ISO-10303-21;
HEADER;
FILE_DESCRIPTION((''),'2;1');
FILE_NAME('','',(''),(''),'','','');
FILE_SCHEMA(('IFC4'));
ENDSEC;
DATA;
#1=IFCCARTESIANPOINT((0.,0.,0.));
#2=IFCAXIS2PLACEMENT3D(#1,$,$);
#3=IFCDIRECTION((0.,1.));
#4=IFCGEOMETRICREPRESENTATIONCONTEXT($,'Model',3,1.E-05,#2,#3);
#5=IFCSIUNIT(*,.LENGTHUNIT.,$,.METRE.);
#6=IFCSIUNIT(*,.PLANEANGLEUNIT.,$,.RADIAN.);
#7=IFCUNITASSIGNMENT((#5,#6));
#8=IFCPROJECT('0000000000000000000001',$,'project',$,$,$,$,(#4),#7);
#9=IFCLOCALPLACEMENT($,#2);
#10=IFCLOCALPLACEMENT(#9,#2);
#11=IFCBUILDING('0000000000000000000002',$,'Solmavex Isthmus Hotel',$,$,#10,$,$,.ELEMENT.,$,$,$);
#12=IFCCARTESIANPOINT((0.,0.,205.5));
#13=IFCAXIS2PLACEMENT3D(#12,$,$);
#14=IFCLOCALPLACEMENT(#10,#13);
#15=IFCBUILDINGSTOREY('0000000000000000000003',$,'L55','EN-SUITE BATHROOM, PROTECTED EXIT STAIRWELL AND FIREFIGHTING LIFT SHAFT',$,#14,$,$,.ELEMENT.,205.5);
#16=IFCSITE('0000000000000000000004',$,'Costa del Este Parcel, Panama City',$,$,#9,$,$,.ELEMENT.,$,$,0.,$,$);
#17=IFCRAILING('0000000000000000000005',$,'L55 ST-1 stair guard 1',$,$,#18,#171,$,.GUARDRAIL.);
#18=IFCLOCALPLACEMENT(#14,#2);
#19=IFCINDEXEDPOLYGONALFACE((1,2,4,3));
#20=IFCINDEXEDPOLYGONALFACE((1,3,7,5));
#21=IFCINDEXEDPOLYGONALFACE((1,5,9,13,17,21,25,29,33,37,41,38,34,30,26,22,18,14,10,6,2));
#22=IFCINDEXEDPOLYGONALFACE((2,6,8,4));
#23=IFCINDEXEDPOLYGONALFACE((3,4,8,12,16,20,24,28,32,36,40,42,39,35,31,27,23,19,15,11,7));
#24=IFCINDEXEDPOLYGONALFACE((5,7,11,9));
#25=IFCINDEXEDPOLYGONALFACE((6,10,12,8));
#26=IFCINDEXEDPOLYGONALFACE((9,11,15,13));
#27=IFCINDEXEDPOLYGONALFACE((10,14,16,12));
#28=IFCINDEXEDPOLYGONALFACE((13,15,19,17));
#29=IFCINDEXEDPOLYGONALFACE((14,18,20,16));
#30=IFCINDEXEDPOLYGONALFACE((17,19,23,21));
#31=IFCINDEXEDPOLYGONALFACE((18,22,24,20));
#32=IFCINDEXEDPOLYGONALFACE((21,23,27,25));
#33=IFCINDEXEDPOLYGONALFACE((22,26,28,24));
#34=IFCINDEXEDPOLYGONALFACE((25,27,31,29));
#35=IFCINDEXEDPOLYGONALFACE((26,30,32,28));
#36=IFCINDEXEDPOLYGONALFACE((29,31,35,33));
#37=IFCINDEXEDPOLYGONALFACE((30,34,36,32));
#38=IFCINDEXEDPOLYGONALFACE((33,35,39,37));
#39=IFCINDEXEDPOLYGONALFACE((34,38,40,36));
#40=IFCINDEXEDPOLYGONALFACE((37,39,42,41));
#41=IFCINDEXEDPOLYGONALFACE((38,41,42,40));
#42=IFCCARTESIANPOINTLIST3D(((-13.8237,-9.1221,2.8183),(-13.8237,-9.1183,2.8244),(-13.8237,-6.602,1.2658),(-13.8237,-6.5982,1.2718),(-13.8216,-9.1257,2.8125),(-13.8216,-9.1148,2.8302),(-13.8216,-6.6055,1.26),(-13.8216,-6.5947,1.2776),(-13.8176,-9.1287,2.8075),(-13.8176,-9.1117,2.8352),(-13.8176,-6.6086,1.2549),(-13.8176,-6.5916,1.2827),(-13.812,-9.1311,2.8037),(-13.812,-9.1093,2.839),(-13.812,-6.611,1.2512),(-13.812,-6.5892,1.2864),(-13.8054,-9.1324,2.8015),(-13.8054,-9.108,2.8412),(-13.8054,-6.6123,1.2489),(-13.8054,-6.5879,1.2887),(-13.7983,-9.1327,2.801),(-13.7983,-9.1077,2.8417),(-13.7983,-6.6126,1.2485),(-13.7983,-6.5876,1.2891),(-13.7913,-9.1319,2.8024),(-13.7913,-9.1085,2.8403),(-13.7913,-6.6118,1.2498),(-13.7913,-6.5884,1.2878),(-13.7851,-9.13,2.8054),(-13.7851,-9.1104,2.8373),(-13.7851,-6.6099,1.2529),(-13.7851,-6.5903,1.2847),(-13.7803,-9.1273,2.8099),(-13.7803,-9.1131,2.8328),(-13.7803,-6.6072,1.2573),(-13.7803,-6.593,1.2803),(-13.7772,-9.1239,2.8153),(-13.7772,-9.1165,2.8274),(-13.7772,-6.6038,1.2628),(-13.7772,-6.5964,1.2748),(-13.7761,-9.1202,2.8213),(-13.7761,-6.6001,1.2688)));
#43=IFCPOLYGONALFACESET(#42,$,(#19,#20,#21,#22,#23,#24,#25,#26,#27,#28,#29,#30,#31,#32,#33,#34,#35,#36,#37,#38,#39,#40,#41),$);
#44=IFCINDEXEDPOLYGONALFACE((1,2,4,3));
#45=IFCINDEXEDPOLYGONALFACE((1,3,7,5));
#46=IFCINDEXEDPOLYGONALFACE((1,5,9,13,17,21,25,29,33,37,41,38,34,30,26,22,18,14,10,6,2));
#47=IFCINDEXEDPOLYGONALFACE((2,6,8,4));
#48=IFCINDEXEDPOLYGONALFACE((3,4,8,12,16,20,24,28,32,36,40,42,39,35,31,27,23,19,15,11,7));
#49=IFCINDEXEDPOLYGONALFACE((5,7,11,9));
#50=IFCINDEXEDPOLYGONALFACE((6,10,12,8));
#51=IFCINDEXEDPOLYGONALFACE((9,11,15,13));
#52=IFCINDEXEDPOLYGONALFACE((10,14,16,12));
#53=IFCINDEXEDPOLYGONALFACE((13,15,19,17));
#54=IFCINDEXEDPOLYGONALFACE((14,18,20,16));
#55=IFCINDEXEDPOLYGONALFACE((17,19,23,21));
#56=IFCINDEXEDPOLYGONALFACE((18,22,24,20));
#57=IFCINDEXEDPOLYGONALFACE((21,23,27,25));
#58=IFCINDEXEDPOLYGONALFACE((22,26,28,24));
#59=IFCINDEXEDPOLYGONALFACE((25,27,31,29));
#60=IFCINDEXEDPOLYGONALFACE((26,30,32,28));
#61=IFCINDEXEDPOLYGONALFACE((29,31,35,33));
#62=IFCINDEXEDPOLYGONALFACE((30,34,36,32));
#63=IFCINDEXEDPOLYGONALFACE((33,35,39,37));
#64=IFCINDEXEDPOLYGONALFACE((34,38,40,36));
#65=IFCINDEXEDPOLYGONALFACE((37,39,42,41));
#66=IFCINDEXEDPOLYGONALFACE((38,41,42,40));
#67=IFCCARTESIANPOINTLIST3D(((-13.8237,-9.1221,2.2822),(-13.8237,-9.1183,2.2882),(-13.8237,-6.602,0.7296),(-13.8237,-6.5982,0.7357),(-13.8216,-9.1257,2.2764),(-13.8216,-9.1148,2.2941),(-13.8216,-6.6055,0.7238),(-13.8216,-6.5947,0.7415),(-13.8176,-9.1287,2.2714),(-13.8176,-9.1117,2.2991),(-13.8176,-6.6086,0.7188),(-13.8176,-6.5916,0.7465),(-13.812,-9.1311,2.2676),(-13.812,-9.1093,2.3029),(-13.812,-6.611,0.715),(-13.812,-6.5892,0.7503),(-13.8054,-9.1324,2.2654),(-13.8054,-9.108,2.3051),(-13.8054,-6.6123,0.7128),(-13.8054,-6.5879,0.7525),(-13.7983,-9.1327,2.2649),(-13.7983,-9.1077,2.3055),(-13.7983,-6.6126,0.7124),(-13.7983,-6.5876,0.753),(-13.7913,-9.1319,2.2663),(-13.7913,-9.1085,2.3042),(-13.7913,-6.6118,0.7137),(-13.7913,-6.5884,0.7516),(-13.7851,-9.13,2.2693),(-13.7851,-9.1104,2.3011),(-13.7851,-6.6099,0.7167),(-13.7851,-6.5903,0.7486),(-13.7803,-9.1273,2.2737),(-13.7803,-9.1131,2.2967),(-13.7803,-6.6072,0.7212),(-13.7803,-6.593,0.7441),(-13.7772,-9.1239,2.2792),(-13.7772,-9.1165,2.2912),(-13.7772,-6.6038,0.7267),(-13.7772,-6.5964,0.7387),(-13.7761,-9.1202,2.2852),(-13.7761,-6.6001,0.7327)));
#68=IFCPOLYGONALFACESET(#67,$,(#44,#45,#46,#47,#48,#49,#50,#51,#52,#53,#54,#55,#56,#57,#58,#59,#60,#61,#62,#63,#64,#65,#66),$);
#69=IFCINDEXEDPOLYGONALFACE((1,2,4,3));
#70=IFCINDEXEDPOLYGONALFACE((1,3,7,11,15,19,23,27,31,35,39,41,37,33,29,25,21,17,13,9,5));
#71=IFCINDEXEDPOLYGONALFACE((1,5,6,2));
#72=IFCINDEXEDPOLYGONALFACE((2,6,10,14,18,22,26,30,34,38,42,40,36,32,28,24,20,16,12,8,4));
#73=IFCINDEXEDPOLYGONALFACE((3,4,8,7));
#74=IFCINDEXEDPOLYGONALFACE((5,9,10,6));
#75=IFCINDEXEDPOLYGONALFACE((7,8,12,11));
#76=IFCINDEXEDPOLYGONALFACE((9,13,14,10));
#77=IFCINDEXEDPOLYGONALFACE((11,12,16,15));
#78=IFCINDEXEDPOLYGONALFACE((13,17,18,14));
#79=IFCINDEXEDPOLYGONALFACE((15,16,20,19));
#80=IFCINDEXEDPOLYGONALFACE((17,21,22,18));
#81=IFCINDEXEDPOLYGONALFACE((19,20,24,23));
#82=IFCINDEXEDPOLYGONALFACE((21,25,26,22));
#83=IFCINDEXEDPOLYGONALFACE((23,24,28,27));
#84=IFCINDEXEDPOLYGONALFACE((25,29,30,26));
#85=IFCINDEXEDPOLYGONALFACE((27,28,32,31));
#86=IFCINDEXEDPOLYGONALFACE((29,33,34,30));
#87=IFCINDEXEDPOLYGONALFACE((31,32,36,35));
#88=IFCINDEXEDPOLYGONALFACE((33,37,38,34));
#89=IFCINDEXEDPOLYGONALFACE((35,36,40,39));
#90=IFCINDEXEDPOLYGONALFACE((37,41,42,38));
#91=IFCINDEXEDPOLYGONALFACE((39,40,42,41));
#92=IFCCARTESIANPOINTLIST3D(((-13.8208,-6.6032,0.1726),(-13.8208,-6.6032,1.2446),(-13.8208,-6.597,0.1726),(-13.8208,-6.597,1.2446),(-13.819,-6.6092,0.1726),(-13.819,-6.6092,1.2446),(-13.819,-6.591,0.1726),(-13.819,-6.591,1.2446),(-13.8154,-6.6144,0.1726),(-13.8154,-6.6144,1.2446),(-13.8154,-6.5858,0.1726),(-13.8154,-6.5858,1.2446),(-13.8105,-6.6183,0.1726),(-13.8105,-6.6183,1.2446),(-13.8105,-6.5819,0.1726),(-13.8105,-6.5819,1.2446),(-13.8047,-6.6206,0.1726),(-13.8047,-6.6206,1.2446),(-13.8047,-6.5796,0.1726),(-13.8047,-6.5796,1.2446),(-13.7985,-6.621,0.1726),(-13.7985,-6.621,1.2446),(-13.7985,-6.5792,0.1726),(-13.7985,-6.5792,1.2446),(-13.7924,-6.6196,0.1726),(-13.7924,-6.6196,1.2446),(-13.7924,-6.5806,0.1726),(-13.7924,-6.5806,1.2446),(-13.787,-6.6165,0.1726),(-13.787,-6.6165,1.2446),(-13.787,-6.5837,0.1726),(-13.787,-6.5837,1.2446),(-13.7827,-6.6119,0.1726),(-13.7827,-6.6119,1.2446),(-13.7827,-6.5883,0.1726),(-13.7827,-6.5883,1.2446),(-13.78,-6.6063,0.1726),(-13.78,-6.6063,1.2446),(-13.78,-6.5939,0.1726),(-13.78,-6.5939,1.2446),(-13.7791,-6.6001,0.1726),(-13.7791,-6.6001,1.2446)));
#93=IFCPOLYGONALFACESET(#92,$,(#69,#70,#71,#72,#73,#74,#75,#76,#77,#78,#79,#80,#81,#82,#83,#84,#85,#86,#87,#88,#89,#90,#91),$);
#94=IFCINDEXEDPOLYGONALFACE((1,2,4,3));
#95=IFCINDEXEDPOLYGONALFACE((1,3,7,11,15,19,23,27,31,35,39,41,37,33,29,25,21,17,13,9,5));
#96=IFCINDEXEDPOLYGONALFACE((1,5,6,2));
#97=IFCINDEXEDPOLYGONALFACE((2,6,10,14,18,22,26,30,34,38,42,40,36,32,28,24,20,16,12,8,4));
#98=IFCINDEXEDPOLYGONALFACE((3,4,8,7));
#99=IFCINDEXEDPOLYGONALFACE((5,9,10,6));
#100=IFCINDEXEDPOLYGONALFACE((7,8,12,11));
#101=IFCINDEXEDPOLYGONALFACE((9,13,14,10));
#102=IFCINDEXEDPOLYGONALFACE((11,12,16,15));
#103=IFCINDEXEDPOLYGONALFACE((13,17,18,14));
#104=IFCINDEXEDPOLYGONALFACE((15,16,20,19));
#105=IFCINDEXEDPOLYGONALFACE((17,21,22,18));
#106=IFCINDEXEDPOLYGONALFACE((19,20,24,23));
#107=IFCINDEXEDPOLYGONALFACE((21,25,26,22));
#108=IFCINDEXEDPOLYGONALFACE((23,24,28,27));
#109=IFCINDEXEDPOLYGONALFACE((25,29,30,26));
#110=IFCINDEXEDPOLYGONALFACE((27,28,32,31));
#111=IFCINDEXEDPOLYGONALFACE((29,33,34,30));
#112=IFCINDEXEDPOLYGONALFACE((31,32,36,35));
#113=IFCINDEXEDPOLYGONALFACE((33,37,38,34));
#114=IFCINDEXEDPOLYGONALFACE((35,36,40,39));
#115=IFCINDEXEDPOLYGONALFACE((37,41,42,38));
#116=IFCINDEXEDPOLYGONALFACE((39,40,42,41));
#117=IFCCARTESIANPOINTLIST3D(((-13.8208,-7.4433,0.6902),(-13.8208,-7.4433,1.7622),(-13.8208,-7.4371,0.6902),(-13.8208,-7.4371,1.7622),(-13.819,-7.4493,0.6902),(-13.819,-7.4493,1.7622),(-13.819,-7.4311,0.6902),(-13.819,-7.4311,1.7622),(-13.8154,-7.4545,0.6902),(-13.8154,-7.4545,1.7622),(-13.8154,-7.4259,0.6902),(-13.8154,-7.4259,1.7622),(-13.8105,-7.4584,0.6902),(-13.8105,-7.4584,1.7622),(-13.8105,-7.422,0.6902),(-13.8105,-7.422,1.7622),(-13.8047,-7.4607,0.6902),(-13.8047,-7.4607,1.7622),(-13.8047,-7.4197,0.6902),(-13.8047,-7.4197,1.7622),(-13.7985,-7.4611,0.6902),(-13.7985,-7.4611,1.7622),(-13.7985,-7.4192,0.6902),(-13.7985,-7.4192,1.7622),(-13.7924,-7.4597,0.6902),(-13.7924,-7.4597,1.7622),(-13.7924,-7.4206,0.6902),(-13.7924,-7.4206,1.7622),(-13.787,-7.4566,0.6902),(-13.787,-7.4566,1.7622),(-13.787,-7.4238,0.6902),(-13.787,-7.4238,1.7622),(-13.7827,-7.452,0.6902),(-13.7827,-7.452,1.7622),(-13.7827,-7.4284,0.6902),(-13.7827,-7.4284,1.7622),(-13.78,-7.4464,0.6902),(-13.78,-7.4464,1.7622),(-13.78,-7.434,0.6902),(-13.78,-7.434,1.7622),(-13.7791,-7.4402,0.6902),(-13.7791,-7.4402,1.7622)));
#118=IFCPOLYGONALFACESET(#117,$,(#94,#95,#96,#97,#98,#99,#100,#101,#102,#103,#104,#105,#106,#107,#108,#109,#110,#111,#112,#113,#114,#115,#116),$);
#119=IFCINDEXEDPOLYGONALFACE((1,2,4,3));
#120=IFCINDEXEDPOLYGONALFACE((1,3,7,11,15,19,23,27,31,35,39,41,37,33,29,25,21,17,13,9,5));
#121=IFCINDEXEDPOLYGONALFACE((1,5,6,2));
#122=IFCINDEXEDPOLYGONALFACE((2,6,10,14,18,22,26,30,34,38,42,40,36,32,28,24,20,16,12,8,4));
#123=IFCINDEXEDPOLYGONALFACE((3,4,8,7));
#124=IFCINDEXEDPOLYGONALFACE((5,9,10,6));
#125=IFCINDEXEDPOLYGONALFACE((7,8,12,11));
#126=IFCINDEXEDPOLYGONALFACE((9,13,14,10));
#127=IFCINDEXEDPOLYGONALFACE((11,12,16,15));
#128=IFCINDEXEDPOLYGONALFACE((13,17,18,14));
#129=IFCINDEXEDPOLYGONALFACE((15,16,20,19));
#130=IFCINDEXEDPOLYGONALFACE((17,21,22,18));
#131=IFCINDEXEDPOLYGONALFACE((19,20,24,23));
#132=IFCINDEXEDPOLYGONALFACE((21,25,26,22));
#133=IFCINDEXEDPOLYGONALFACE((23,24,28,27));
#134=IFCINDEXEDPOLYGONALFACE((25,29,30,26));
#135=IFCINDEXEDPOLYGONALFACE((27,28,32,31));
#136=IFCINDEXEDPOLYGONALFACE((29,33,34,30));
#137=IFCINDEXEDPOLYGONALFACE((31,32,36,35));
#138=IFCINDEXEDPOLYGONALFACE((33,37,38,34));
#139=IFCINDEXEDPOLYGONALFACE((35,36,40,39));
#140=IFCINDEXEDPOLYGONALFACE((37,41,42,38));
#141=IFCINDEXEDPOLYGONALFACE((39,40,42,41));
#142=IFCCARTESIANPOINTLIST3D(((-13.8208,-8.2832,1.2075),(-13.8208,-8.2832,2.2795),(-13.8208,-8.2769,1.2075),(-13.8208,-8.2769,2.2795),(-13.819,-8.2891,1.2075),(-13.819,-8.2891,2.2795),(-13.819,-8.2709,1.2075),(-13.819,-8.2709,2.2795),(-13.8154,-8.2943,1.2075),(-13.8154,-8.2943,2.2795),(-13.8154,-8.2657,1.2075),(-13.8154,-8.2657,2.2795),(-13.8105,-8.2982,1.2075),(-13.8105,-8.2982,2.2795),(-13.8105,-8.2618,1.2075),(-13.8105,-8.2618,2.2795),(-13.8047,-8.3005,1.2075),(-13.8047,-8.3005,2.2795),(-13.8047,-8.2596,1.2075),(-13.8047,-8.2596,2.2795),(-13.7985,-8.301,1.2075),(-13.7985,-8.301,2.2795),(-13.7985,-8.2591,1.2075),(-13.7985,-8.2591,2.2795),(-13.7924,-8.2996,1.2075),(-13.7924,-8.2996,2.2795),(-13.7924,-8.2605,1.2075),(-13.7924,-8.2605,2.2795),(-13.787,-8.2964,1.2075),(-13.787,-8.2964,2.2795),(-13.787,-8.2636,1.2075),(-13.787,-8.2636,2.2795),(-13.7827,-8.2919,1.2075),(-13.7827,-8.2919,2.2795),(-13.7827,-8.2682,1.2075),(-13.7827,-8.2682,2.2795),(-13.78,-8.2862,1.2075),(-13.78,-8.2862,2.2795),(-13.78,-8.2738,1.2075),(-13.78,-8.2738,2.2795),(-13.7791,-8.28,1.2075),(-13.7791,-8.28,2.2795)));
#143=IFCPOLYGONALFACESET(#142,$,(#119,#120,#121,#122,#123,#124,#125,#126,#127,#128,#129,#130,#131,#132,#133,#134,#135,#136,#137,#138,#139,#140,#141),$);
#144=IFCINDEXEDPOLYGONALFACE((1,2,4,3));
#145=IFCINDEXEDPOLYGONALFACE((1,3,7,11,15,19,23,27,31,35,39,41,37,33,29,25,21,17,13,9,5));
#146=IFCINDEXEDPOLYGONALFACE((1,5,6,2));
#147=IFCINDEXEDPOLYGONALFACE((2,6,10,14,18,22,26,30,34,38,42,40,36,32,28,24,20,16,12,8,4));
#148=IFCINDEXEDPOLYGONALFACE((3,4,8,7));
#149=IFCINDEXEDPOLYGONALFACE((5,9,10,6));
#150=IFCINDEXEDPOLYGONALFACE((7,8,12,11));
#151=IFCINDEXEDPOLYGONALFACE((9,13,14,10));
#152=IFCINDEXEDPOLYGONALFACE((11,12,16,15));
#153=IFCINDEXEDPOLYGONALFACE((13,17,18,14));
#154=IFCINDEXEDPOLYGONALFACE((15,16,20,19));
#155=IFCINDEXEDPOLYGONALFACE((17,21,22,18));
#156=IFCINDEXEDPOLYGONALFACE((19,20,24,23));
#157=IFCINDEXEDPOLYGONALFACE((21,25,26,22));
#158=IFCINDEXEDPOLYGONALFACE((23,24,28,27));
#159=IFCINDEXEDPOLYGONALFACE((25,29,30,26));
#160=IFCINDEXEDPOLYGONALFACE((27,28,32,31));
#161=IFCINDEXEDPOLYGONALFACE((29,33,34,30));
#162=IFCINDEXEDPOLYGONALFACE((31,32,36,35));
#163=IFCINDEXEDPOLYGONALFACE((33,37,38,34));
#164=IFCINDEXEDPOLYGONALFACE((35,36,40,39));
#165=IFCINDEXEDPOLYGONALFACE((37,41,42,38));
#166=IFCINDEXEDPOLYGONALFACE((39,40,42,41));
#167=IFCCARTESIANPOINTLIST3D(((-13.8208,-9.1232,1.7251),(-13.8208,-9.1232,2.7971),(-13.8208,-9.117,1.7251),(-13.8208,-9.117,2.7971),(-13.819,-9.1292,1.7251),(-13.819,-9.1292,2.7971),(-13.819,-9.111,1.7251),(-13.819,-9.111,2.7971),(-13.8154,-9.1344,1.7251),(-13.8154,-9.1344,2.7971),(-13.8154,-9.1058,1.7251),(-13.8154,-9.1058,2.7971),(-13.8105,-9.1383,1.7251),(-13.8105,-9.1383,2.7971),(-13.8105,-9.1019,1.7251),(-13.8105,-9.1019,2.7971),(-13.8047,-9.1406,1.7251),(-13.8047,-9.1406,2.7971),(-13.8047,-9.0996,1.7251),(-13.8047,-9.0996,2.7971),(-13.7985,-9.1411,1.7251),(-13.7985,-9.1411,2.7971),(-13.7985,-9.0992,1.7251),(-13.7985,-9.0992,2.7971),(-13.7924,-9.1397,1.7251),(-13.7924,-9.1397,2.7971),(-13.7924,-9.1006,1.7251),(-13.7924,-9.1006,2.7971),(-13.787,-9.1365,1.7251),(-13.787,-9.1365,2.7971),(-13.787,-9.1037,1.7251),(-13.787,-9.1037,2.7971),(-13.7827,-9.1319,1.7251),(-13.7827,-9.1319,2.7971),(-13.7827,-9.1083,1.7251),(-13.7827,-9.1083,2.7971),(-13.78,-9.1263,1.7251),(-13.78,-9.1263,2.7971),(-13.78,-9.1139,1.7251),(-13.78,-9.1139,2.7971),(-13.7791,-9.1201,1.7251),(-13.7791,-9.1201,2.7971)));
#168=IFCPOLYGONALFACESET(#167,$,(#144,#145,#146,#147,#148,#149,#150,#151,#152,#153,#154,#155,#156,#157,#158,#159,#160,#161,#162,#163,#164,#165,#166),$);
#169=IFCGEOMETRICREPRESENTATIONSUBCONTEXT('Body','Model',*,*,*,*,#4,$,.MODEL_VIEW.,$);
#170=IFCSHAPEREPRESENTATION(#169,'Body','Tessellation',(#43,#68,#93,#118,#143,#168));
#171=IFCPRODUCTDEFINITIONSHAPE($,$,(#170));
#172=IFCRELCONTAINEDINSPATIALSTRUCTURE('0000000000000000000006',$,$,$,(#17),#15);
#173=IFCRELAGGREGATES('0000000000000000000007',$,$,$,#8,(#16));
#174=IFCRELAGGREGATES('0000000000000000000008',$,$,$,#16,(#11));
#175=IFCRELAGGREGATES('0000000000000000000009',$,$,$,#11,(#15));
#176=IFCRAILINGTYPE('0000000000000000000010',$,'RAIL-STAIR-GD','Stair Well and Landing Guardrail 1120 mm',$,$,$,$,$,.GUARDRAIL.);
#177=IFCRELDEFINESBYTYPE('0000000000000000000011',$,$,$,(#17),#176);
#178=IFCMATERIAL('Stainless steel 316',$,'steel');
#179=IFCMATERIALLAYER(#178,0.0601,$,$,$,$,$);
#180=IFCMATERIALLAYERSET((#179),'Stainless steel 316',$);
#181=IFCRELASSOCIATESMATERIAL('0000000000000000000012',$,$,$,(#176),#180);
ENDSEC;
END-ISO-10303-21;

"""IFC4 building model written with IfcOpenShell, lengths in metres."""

from ifc_helpers import new_model, si_unit, direction, frame, origin, origin_2d, place, context, subcontext, project, spatial, circle, extrude, material, layer, layer_set, type_object, element, save


model = new_model("IFC4")

# Units and contexts
model_context = context("Model", 3, precision=1e-05, world=origin(), true_north=direction((0.0, 1.0)))
body_context = subcontext(model_context, "Body", "Model", "MODEL_VIEW")
ifc_project = project(units=[si_unit("LENGTHUNIT", "METRE"), si_unit("PLANEANGLEUNIT", "RADIAN")], contexts=[model_context])

# Site, building, storey
site_placement = place(None, origin())
site = spatial("IfcSite", under=ifc_project, at=site_placement, Name="Costa del Este Parcel, Panama City", CompositionType="ELEMENT", RefElevation=0.0)
building_placement = place(site_placement, origin())
building = spatial("IfcBuilding", under=site, at=building_placement, Name="Solmavex Isthmus Hotel", CompositionType="ELEMENT")
storey_placement = place(building_placement, frame((0.0, 0.0, 205.5)))
storey = spatial("IfcBuildingStorey", under=building, at=storey_placement, Name="L55", Description="EN-SUITE BATHROOM, PROTECTED EXIT STAIRWELL AND FIREFIGHTING LIFT SHAFT", CompositionType="ELEMENT", Elevation=205.5)

# Railing
ifc_material_1 = material(Name="Stainless steel 316", Category="steel")
ifc_layer_1 = layer(ifc_material_1, 0.0601)
ifc_layer_set_1 = layer_set([ifc_layer_1], Name="Stainless steel 316")
railing_type_1 = type_object("IfcRailingType", Name="RAIL-STAIR-GD", Description="Stair Well and Landing Guardrail 1120 mm", PredefinedType="GUARDRAIL", material=ifc_layer_set_1)
railing_1_placement = place(storey_placement, frame((-13.8, -6.6001, 0.1726)))
element("IfcRailing", 1, at=railing_1_placement, inside=storey, type_object=railing_type_1, Name="L55 ST-1 stair guard 1", PredefinedType="GUARDRAIL", context=body_context, shape_type="SweptSolid", body=[
    extrude(circle(Radius=0.0239, at=origin_2d()), frame((0.0, 0.0, 1.0962), z_axis=(0.0, -0.8514, 0.524516), x_axis=(1.0, 0.0, 0.0)), (0.0, 0.0, 1.0), 2.96),
    extrude(circle(Radius=0.0239, at=origin_2d()), frame((0.0, 0.0, 0.5601), z_axis=(0.0, -0.8514, 0.524516), x_axis=(1.0, 0.0, 0.0)), (0.0, 0.0, 1.0), 2.96),
    extrude(circle(Radius=0.021, at=origin_2d()), origin(), (0.0, 0.0, 1.0), 1.072),
    extrude(circle(Radius=0.021, at=origin_2d()), frame((0.0, -0.8401, 0.5176)), (0.0, 0.0, 1.0), 1.072),
    extrude(circle(Radius=0.021, at=origin_2d()), frame((0.0, -1.6799, 1.0349)), (0.0, 0.0, 1.0), 1.072),
    extrude(circle(Radius=0.021, at=origin_2d()), frame((0.0, -2.52, 1.5525)), (0.0, 0.0, 1.0), 1.072),
])

save(model, "model.ifc")
